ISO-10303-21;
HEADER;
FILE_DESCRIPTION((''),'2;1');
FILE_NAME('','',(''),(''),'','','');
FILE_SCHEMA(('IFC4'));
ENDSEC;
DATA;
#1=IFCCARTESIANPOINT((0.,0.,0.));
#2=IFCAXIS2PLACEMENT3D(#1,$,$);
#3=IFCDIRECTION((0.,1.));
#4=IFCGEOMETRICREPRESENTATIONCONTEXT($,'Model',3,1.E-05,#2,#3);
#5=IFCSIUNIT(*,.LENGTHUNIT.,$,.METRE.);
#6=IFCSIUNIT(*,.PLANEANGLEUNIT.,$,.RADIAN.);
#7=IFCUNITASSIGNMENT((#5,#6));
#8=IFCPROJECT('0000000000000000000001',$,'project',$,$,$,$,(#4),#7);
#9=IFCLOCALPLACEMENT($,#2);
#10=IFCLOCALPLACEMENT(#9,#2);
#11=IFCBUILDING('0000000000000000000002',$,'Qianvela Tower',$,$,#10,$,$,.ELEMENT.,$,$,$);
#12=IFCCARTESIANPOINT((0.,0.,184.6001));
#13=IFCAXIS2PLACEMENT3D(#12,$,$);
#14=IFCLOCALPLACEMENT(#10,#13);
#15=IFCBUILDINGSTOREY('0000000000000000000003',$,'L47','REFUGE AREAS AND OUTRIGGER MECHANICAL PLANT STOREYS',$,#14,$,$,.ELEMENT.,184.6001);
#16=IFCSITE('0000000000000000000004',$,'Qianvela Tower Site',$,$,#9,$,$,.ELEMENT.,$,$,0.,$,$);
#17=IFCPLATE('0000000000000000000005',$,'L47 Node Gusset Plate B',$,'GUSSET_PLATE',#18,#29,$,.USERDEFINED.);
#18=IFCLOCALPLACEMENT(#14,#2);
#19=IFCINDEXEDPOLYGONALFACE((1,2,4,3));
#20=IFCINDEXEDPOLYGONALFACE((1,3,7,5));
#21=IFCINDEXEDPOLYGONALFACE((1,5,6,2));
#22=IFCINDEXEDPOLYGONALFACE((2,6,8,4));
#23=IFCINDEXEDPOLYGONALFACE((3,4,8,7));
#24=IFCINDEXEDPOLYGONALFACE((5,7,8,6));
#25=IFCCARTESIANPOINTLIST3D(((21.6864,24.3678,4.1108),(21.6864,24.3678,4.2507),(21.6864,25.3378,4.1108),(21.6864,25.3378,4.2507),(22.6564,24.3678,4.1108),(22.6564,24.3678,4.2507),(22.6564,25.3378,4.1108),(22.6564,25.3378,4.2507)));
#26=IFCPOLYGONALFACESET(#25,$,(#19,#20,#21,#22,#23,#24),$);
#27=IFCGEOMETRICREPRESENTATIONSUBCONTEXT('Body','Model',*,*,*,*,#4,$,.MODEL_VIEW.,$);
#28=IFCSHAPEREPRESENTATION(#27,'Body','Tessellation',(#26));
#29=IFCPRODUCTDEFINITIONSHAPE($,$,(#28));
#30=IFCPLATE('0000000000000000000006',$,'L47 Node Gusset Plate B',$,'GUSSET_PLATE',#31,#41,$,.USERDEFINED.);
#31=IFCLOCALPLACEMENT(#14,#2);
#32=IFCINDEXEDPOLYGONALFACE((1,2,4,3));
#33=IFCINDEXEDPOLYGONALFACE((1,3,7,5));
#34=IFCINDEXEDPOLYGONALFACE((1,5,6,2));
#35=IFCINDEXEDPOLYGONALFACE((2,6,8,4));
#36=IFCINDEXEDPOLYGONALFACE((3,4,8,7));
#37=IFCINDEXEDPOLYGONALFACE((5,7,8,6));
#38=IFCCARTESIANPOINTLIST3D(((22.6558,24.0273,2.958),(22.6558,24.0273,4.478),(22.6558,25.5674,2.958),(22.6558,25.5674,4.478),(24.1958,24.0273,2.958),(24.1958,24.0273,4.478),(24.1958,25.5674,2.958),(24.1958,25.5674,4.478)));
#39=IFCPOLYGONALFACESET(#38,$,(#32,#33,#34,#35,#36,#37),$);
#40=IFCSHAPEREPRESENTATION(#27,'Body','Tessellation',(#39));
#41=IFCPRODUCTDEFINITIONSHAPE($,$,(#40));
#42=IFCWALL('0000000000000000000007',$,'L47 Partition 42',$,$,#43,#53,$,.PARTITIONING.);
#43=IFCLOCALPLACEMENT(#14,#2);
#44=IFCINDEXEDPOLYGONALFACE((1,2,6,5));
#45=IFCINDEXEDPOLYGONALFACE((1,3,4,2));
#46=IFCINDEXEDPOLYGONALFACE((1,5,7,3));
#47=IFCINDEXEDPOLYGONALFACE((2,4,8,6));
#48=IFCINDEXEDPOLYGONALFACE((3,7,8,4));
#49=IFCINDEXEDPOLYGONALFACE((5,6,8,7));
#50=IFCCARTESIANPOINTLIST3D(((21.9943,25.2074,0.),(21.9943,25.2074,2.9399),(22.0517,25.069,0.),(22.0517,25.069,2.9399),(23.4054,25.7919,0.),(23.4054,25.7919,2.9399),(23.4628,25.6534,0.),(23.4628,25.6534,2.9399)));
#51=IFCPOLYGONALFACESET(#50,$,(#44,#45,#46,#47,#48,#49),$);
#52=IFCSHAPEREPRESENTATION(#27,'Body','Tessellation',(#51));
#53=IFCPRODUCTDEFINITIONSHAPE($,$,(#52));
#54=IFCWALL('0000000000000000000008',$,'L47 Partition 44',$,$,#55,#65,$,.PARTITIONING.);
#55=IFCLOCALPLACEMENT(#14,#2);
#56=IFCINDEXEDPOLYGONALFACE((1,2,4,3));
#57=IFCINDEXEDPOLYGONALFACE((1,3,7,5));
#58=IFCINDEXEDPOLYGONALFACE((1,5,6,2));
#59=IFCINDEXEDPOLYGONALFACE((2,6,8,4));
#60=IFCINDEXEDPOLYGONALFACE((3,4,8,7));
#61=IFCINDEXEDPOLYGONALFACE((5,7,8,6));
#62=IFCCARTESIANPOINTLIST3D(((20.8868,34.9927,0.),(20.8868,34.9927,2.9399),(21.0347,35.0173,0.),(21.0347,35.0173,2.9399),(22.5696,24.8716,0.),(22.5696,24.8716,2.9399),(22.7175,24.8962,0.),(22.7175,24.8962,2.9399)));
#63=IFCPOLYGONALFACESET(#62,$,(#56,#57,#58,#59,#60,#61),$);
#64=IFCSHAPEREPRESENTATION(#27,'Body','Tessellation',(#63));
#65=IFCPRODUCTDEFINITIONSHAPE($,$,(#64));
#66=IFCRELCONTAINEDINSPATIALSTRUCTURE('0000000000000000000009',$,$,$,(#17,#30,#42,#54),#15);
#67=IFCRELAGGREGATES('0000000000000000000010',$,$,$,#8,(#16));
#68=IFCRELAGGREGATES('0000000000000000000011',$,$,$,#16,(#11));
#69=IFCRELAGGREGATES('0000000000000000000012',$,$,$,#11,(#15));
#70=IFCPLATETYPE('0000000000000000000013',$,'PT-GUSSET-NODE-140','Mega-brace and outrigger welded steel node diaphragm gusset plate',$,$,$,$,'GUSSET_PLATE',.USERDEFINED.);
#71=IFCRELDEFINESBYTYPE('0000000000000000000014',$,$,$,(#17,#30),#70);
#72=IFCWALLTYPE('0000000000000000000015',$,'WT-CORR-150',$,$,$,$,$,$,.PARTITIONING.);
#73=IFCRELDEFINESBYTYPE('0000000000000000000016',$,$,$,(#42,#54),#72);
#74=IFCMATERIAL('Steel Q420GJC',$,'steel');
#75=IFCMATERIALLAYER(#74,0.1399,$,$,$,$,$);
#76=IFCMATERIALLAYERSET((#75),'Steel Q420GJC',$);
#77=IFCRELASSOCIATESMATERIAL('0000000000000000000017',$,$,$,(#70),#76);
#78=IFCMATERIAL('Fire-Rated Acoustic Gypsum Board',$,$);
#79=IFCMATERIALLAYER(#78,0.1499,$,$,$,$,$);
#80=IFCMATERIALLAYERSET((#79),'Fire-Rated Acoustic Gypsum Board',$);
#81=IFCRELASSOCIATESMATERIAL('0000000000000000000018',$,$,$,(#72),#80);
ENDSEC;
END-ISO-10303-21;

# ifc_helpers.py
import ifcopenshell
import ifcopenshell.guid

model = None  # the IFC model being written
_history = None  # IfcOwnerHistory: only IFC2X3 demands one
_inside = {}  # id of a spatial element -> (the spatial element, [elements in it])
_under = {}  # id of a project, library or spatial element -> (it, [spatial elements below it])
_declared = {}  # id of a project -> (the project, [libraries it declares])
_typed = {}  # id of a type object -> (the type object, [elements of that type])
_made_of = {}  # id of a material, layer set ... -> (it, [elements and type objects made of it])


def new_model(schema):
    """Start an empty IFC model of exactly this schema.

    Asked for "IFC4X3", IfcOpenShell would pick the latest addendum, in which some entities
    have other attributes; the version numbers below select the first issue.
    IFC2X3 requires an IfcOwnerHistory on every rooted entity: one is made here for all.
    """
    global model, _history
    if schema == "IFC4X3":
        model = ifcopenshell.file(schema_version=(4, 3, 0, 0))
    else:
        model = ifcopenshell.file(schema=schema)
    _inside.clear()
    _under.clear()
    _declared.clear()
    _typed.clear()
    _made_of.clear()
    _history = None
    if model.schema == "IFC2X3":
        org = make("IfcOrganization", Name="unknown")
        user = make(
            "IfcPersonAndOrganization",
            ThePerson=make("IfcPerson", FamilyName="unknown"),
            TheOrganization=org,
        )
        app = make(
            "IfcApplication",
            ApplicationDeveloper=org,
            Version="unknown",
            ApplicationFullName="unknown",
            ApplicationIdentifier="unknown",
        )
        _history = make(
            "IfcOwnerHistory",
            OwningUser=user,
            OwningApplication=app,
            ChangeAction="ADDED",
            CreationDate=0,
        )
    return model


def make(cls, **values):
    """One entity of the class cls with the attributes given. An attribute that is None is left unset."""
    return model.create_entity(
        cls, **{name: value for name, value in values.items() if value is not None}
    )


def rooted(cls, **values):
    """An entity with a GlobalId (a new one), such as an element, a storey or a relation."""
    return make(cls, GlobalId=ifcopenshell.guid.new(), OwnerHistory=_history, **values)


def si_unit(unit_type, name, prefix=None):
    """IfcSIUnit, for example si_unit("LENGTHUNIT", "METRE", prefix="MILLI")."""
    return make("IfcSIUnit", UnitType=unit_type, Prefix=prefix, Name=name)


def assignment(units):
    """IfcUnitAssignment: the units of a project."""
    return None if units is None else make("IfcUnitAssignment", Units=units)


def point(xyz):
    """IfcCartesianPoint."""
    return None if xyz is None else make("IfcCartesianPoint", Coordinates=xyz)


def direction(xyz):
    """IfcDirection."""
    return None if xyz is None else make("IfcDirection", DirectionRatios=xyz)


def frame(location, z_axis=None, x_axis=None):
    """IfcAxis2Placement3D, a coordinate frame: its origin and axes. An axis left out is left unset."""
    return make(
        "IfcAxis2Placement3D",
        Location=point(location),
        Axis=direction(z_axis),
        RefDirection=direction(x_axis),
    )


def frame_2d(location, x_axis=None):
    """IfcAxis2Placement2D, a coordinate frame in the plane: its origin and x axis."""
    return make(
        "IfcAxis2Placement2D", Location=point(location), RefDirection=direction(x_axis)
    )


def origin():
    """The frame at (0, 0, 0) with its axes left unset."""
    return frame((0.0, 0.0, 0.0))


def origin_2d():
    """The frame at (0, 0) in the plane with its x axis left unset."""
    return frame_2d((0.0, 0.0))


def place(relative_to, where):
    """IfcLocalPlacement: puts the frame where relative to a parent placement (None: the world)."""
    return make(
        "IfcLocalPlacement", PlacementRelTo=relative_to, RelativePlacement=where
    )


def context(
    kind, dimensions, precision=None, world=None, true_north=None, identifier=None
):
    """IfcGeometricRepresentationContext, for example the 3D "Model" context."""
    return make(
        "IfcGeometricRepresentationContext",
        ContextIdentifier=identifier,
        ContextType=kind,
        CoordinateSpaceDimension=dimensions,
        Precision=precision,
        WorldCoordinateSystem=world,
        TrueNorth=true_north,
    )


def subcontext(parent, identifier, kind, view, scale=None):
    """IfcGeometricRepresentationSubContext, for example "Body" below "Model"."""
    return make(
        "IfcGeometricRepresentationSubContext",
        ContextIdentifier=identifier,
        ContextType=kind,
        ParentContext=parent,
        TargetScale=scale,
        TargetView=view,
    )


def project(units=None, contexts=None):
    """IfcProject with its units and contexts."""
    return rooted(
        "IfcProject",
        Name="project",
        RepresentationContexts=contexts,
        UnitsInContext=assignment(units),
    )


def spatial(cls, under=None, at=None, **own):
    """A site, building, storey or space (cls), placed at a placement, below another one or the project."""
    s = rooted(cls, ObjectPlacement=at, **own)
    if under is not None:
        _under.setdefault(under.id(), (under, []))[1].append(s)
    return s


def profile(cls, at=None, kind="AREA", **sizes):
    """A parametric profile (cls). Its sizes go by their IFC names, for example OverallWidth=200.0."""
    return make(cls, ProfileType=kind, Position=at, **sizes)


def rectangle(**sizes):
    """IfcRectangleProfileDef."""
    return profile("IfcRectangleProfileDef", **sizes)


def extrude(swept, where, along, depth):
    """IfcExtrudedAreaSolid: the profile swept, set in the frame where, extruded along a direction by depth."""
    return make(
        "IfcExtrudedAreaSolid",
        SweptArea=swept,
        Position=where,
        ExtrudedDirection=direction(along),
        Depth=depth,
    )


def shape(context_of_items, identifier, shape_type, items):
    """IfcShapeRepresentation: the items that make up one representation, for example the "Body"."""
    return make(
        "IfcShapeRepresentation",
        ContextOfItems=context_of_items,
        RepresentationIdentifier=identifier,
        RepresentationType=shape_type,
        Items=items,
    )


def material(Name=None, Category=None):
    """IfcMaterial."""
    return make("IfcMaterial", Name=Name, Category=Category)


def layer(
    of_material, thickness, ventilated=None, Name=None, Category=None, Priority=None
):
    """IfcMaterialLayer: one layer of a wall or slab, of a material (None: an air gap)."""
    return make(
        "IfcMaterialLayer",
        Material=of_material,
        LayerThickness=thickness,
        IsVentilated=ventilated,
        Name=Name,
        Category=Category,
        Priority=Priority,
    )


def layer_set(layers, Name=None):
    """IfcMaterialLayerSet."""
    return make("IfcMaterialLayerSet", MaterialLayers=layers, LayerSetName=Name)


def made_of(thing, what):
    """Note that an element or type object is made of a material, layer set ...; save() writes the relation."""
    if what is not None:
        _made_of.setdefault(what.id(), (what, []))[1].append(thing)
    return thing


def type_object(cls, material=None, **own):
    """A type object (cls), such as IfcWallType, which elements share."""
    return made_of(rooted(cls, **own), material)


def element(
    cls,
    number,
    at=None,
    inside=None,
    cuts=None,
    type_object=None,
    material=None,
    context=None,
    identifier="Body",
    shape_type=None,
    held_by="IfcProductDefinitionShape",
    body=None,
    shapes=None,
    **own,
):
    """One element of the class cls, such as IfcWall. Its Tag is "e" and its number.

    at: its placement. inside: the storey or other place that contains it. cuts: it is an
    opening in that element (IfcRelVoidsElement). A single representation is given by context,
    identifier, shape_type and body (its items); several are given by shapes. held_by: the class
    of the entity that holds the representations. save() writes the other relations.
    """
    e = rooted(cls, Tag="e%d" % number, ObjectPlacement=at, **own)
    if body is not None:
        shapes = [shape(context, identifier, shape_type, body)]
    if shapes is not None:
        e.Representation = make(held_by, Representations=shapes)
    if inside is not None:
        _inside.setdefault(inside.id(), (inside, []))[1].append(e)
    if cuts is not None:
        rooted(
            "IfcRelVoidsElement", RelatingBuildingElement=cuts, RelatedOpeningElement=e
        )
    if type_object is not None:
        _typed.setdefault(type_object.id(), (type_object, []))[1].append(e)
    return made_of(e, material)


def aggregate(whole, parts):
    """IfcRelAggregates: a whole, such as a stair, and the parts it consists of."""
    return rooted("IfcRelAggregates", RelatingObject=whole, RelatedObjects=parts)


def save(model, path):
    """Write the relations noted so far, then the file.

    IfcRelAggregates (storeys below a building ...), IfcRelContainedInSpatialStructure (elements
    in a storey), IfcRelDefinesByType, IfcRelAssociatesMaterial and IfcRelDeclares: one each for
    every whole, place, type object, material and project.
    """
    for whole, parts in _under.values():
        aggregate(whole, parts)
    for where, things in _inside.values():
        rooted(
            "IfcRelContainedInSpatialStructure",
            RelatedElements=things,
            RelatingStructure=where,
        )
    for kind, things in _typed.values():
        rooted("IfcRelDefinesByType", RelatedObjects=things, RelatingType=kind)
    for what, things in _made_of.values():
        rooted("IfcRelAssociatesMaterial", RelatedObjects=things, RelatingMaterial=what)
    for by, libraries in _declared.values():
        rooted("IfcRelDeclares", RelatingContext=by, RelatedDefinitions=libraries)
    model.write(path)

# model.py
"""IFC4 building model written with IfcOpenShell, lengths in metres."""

from ifc_helpers import new_model, si_unit, direction, frame, frame_2d, origin, origin_2d, place, context, subcontext, project, spatial, rectangle, extrude, material, layer, layer_set, type_object, element, save


model = new_model("IFC4")

# Units and contexts
model_context = context("Model", 3, precision=1e-05, world=origin(), true_north=direction((0.0, 1.0)))
body_context = subcontext(model_context, "Body", "Model", "MODEL_VIEW")
ifc_project = project(units=[si_unit("LENGTHUNIT", "METRE"), si_unit("PLANEANGLEUNIT", "RADIAN")], contexts=[model_context])

# Site, building, storey
site_placement = place(None, origin())
site = spatial("IfcSite", under=ifc_project, at=site_placement, Name="Qianvela Tower Site", CompositionType="ELEMENT", RefElevation=0.0)
building_placement = place(site_placement, origin())
building = spatial("IfcBuilding", under=site, at=building_placement, Name="Qianvela Tower", CompositionType="ELEMENT")
storey_placement = place(building_placement, frame((0.0, 0.0, 184.6001)))
storey = spatial("IfcBuildingStorey", under=building, at=storey_placement, Name="L47", Description="REFUGE AREAS AND OUTRIGGER MECHANICAL PLANT STOREYS", CompositionType="ELEMENT", Elevation=184.6001)

# Plates
ifc_material_1 = material(Name="Steel Q420GJC", Category="steel")
ifc_layer_1 = layer(ifc_material_1, 0.1399)
ifc_layer_set_1 = layer_set([ifc_layer_1], Name="Steel Q420GJC")
plate_type_1 = type_object("IfcPlateType", Name="PT-GUSSET-NODE-140", Description="Mega-brace and outrigger welded steel node diaphragm gusset plate", ElementType="GUSSET_PLATE", PredefinedType="USERDEFINED", material=ifc_layer_set_1)
for number, where, z_axis, x_axis, name in (
    (1, (22.1714, 24.8528, 4.1108), (0.0, 0.0, 1.0), (1.0, 0.0, 0.0), "L47 Node Gusset Plate B"),
):
    element("IfcPlate", number, at=place(storey_placement, frame(where, z_axis=z_axis, x_axis=x_axis)), inside=storey, type_object=plate_type_1, Name=name, ObjectType="GUSSET_PLATE", PredefinedType="USERDEFINED", context=body_context, shape_type="SweptSolid", body=[
        extrude(rectangle(XDim=0.97, YDim=0.97, at=origin_2d()), origin(), (0.0, 0.0, 1.0), 0.1399),
    ])
plate_1_placement = place(storey_placement, frame((23.4258, 24.7974, 2.958), z_axis=(0.0, 0.0, 1.0), x_axis=(1.0, 0.0, 0.0)))
element("IfcPlate", 2, at=plate_1_placement, inside=storey, type_object=plate_type_1, Name="L47 Node Gusset Plate B", ObjectType="GUSSET_PLATE", PredefinedType="USERDEFINED", context=body_context, shape_type="SweptSolid", body=[
    extrude(rectangle(XDim=1.54, YDim=1.54, at=origin_2d()), origin(), (0.0, 0.0, 1.0), 1.52),
])

# Walls
ifc_material_2 = material(Name="Fire-Rated Acoustic Gypsum Board")
ifc_layer_2 = layer(ifc_material_2, 0.1499)
ifc_layer_set_2 = layer_set([ifc_layer_2], Name="Fire-Rated Acoustic Gypsum Board")
wall_type = type_object("IfcWallType", Name="WT-CORR-150", PredefinedType="PARTITIONING", material=ifc_layer_set_2)
wall_1_placement = place(storey_placement, frame((23.4341, 25.7227, 0.0), z_axis=(0.0, 0.0, 1.0), x_axis=(-0.923888, -0.382662, 0.0)))
element("IfcWall", 3, at=wall_1_placement, inside=storey, type_object=wall_type, Name="L47 Partition 42", PredefinedType="PARTITIONING", context=body_context, shape_type="SweptSolid", body=[
    extrude(rectangle(XDim=1.5273, YDim=0.1499, at=frame_2d((0.7637, 0.0))), origin(), (0.0, 0.0, 1.0), 2.9399),
])
wall_2_placement = place(storey_placement, frame((22.6436, 24.884, 0.0), z_axis=(0.0, 0.0, 1.0), x_axis=(-0.164021, 0.986457, 0.0)))
element("IfcWall", 4, at=wall_2_placement, inside=storey, type_object=wall_type, Name="L47 Partition 44", PredefinedType="PARTITIONING", context=body_context, shape_type="SweptSolid", body=[
    extrude(rectangle(XDim=10.26, YDim=0.1499, at=frame_2d((5.1299, 0.0))), origin(), (0.0, 0.0, 1.0), 2.9399),
])

save(model, "model.ifc")
